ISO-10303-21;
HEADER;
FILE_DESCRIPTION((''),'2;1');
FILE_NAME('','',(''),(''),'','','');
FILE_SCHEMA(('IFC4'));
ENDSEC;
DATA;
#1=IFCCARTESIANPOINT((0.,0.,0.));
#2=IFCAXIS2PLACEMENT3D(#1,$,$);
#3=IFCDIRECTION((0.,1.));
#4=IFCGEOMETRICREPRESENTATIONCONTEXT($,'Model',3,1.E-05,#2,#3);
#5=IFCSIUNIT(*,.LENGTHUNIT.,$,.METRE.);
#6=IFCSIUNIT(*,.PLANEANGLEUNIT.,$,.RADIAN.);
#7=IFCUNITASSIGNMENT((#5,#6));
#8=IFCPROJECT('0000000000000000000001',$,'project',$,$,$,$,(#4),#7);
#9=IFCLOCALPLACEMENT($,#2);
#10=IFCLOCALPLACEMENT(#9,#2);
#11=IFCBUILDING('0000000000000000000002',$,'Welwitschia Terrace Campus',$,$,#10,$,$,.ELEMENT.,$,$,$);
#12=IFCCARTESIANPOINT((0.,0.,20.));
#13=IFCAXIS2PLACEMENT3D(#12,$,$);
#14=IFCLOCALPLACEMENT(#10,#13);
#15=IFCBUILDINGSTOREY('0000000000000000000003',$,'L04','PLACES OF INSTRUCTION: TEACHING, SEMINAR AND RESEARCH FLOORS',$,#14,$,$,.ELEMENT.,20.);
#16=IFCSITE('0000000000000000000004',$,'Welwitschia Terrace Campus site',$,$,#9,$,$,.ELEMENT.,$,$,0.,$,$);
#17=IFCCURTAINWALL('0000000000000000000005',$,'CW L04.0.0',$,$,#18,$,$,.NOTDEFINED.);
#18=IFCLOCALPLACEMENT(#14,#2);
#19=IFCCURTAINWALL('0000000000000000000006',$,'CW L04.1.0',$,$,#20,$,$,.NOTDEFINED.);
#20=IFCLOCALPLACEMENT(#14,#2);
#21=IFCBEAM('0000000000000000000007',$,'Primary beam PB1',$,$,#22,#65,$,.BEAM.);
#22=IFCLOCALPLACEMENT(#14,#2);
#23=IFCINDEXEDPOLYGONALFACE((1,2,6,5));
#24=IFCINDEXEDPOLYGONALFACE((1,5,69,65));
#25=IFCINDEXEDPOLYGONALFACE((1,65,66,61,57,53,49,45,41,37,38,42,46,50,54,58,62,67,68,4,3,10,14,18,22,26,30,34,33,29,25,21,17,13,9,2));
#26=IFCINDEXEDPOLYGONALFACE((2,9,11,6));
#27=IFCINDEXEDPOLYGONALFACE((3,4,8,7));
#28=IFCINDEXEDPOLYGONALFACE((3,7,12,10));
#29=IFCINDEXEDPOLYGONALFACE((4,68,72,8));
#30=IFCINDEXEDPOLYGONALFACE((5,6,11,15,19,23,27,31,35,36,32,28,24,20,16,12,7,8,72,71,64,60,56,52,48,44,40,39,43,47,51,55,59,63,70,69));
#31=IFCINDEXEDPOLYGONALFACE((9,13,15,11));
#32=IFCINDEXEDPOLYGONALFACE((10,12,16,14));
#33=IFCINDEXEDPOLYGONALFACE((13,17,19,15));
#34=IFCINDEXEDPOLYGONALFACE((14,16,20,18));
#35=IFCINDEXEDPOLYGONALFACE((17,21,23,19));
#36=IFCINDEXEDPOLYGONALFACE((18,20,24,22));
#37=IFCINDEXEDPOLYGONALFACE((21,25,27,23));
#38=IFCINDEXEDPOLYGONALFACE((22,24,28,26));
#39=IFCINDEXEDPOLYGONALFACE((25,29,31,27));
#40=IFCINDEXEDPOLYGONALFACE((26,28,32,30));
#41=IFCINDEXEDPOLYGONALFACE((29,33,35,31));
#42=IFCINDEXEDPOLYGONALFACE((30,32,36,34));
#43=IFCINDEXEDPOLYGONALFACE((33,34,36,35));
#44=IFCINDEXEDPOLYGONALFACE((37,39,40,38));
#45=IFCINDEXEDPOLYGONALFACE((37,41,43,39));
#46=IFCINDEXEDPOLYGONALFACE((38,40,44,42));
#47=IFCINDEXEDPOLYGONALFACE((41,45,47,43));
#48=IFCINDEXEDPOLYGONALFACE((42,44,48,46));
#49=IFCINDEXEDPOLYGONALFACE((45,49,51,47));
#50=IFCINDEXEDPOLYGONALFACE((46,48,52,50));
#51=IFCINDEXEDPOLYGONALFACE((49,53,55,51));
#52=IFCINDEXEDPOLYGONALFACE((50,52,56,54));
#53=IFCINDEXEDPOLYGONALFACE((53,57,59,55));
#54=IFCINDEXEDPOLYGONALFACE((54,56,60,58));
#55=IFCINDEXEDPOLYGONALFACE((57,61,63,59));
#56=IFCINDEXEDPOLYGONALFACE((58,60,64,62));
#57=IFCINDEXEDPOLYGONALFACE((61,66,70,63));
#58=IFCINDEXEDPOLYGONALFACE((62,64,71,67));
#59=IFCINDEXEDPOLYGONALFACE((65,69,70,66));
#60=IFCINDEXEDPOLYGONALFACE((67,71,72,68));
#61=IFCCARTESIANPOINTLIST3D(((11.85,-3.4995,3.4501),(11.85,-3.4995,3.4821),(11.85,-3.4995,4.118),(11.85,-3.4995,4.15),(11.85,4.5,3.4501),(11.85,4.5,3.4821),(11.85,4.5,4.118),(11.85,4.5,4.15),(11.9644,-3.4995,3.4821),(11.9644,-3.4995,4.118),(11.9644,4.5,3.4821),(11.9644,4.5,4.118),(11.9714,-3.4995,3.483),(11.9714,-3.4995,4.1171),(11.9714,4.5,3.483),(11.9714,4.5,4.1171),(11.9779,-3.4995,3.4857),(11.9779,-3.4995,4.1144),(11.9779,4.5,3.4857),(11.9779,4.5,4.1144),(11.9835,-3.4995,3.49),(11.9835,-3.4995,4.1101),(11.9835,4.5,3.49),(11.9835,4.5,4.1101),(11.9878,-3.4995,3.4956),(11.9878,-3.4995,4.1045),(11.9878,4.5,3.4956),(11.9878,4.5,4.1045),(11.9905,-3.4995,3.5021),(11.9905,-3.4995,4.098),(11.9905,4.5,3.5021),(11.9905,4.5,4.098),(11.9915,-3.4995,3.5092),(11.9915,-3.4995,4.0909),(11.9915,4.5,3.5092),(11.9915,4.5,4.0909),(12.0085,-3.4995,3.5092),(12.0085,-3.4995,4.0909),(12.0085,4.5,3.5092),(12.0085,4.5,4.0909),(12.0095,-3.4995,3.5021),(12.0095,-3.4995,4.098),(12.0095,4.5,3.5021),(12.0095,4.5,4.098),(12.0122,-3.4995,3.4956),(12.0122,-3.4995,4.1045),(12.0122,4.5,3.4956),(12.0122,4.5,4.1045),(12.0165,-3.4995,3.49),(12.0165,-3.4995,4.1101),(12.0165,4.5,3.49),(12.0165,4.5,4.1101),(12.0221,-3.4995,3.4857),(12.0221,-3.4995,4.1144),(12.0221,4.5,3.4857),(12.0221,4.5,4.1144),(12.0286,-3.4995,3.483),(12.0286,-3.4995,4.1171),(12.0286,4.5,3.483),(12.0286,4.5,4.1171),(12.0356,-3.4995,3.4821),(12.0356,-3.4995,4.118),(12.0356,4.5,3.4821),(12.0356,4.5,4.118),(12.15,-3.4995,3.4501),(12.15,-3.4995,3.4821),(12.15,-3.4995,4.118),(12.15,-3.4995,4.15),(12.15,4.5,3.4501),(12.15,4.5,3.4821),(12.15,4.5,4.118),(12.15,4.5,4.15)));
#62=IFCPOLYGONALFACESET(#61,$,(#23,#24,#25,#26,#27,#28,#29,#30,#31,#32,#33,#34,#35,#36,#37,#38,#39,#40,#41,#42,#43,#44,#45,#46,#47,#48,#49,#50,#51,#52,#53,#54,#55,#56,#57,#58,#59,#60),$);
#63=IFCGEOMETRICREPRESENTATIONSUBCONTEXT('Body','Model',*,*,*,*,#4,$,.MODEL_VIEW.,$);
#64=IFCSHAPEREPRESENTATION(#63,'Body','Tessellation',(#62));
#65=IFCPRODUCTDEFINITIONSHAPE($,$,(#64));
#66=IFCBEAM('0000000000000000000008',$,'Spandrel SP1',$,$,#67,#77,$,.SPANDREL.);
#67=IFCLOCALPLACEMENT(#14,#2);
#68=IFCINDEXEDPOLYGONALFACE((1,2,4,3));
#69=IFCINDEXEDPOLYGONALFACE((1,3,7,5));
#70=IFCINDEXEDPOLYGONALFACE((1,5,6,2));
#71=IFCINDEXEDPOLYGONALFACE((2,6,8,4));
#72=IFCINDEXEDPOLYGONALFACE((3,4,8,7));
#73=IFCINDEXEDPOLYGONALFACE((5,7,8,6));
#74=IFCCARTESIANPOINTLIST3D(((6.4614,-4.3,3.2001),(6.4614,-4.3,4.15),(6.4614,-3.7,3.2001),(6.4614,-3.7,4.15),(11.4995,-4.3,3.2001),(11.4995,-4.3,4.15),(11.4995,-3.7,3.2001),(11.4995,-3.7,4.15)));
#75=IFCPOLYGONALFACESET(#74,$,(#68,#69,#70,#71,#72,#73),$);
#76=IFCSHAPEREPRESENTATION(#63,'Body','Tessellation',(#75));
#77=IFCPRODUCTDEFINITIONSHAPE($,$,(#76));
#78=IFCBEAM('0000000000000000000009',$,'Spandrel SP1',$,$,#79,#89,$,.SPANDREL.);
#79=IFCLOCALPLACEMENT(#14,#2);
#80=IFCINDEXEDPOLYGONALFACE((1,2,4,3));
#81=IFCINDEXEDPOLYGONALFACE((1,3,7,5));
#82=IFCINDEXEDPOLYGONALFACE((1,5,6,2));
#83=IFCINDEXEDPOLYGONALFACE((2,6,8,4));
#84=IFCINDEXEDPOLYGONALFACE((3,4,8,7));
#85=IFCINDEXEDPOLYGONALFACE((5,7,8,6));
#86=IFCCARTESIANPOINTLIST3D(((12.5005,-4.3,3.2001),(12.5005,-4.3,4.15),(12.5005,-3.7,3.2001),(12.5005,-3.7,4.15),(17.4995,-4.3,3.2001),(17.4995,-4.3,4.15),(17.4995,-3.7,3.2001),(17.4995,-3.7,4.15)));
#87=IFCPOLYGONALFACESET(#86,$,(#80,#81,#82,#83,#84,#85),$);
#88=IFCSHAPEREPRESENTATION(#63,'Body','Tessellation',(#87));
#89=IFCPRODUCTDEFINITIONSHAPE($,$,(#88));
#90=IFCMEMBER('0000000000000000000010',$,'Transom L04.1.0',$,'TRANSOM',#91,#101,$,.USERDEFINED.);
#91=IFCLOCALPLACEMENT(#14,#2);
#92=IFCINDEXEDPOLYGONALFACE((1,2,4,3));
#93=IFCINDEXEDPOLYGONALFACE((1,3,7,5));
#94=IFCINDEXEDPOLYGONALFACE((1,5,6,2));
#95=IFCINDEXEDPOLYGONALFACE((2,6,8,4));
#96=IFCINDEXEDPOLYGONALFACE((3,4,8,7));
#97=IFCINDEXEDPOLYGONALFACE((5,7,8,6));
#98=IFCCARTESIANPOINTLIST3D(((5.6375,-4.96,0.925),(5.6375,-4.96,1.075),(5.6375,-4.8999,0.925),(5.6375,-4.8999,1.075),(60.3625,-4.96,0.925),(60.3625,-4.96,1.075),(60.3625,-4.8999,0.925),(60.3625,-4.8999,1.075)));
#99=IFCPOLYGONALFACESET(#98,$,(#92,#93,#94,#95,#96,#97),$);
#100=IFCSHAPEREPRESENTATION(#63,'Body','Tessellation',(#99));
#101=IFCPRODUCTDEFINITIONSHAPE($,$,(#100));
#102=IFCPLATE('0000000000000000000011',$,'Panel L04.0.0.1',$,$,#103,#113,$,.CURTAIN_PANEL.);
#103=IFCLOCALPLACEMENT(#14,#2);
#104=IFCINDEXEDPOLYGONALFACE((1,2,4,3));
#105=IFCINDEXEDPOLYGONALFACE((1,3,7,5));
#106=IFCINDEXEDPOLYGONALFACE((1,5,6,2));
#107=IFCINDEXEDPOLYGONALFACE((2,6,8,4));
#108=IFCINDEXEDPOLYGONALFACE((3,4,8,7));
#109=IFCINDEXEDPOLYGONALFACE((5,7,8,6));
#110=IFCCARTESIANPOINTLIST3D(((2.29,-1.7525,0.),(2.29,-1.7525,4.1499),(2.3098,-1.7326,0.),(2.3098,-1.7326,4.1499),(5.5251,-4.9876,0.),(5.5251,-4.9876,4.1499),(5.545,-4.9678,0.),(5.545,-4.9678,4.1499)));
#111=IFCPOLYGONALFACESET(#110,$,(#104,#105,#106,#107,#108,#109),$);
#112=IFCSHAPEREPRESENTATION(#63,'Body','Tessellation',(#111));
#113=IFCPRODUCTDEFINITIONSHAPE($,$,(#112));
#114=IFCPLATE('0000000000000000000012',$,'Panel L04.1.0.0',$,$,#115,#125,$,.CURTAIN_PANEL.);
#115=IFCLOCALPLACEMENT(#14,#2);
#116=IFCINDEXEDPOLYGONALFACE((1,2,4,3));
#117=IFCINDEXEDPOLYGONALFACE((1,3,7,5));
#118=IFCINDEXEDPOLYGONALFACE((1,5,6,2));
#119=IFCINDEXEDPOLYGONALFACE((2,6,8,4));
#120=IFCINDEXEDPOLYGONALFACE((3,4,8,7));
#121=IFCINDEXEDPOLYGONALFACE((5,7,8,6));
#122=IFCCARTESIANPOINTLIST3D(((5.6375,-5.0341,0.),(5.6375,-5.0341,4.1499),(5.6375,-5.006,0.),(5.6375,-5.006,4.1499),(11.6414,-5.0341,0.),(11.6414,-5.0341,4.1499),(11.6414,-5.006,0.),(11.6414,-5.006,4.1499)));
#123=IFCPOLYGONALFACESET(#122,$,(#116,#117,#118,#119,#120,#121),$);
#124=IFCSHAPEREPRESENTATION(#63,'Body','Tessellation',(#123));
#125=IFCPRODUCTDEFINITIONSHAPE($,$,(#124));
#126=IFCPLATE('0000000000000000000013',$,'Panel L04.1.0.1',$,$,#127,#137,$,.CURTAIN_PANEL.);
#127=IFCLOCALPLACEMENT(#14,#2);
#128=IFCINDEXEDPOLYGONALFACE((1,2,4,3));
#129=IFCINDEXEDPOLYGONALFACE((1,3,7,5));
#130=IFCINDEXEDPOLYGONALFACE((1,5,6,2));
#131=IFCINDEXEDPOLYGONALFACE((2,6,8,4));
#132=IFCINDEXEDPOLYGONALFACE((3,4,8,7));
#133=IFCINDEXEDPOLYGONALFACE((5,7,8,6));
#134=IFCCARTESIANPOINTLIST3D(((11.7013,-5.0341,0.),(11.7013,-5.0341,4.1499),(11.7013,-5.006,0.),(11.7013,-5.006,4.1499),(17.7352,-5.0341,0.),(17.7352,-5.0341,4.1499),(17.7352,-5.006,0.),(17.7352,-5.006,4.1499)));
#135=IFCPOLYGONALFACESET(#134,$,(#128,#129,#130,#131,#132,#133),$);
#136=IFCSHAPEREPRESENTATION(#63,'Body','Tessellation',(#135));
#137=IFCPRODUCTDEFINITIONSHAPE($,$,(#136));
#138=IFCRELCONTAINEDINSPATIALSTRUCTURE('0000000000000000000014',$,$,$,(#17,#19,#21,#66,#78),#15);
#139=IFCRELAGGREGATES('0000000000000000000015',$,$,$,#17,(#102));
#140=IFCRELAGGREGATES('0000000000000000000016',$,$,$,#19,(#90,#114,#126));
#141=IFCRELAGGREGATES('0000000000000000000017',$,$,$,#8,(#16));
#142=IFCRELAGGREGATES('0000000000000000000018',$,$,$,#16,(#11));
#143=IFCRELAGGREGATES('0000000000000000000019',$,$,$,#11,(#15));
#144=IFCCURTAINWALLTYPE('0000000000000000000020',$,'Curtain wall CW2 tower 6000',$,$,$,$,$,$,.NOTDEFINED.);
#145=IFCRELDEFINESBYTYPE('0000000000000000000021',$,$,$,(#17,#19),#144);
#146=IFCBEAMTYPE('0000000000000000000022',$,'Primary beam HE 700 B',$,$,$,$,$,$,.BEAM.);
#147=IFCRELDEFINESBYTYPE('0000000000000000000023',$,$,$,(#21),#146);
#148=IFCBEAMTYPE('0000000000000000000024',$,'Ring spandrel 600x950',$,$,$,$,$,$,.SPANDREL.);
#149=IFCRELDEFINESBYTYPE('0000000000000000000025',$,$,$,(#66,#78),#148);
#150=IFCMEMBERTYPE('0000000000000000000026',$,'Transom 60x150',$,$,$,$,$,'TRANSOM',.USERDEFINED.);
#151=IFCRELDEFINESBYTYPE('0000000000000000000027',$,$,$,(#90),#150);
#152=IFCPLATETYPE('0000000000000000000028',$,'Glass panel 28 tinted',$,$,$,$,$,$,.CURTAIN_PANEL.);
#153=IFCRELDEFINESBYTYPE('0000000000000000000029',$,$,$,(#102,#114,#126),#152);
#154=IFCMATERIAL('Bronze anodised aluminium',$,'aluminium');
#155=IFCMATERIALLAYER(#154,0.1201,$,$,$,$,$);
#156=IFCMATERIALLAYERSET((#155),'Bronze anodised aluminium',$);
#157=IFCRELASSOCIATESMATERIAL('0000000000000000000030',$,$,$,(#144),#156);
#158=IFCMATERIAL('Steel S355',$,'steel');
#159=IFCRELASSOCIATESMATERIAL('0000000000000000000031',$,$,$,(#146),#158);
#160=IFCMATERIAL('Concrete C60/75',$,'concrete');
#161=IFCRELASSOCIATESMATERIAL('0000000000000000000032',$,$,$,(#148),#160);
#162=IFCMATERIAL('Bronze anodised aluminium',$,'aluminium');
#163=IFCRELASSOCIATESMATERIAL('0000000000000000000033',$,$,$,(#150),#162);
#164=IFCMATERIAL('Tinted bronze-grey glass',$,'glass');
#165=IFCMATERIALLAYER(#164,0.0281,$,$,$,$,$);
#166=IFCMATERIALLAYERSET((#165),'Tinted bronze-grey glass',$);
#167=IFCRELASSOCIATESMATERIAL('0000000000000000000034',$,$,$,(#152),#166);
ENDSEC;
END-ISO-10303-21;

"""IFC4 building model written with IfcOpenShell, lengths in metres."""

from ifc_helpers import new_model, si_unit, direction, frame, origin, origin_2d, place, context, subcontext, project, spatial, rectangle, i_section, extrude, material, layer, layer_set, material_profile, profile_set, type_object, element, aggregate, save


model = new_model("IFC4")

# Units and contexts
model_context = context("Model", 3, precision=1e-05, world=origin(), true_north=direction((0.0, 1.0)))
body_context = subcontext(model_context, "Body", "Model", "MODEL_VIEW")
ifc_project = project(units=[si_unit("LENGTHUNIT", "METRE"), si_unit("PLANEANGLEUNIT", "RADIAN")], contexts=[model_context])

# Site, building, storey
site_placement = place(None, origin())
site = spatial("IfcSite", under=ifc_project, at=site_placement, Name="Welwitschia Terrace Campus site", CompositionType="ELEMENT", RefElevation=0.0)
building_placement = place(site_placement, origin())
building = spatial("IfcBuilding", under=site, at=building_placement, Name="Welwitschia Terrace Campus", CompositionType="ELEMENT")
storey_placement = place(building_placement, frame((0.0, 0.0, 20.0)))
storey = spatial("IfcBuildingStorey", under=building, at=storey_placement, Name="L04", Description="PLACES OF INSTRUCTION: TEACHING, SEMINAR AND RESEARCH FLOORS", CompositionType="ELEMENT", Elevation=20.0)

# Curtain wall
ifc_material_1 = material(Name="Bronze anodised aluminium", Category="aluminium")
ifc_layer_1 = layer(ifc_material_1, 0.1201)
ifc_layer_set_1 = layer_set([ifc_layer_1], Name="Bronze anodised aluminium")
curtain_wall_type = type_object("IfcCurtainWallType", Name="Curtain wall CW2 tower 6000", PredefinedType="NOTDEFINED", material=ifc_layer_set_1)
curtain_wall_1_placement = place(storey_placement, origin())
curtain_wall_1 = element("IfcCurtainWall", 1, at=curtain_wall_1_placement, inside=storey, type_object=curtain_wall_type, Name="CW L04.0.0", PredefinedType="NOTDEFINED")

# Curtain wall
curtain_wall_2_placement = place(storey_placement, origin())
curtain_wall_2 = element("IfcCurtainWall", 2, at=curtain_wall_2_placement, inside=storey, type_object=curtain_wall_type, Name="CW L04.1.0", PredefinedType="NOTDEFINED")

# Beams
ifc_material_2 = material(Name="Steel S355", Category="steel")
ifc_material_profile_1 = material_profile(ifc_material_2, i_section(OverallWidth=0.3, OverallDepth=0.7, WebThickness=0.0171, FlangeThickness=0.032, FilletRadius=0.0271, at=origin_2d()))
ifc_profile_set_1 = profile_set([ifc_material_profile_1], Name="Steel S355")
beam_type_1 = type_object("IfcBeamType", Name="Primary beam HE 700 B", PredefinedType="BEAM", material=ifc_profile_set_1)
beam_1_placement = place(storey_placement, frame((12.0, -3.4995, 3.8), z_axis=(0.0, 1.0, 0.0), x_axis=(-1.0, 0.0, 0.0)))
element("IfcBeam", 3, at=beam_1_placement, inside=storey, type_object=beam_type_1, Name="Primary beam PB1", PredefinedType="BEAM", context=body_context, shape_type="SweptSolid", body=[
    extrude(i_section(OverallWidth=0.3, OverallDepth=0.7, WebThickness=0.0171, FlangeThickness=0.032, FilletRadius=0.0271, at=origin_2d()), origin(), (0.0, 0.0, 1.0), 7.9995),
])
ifc_material_3 = material(Name="Concrete C60/75", Category="concrete")
ifc_material_profile_2 = material_profile(ifc_material_3, rectangle(XDim=0.6001, YDim=0.95, at=origin_2d()))
ifc_profile_set_2 = profile_set([ifc_material_profile_2], Name="Concrete C60/75")
beam_type_2 = type_object("IfcBeamType", Name="Ring spandrel 600x950", PredefinedType="SPANDREL", material=ifc_profile_set_2)
beam_2_placement = place(storey_placement, frame((6.4614, -4.0, 3.675), z_axis=(1.0, 0.0, 0.0), x_axis=(0.0, 1.0, 0.0)))
element("IfcBeam", 4, at=beam_2_placement, inside=storey, type_object=beam_type_2, Name="Spandrel SP1", PredefinedType="SPANDREL", context=body_context, shape_type="SweptSolid", body=[
    extrude(rectangle(XDim=0.6001, YDim=0.95, at=origin_2d()), origin(), (0.0, 0.0, 1.0), 5.0381),
])
beam_3_placement = place(storey_placement, frame((12.5005, -4.0, 3.675), z_axis=(1.0, 0.0, 0.0), x_axis=(0.0, 1.0, 0.0)))
element("IfcBeam", 5, at=beam_3_placement, inside=storey, type_object=beam_type_2, Name="Spandrel SP1", PredefinedType="SPANDREL", context=body_context, shape_type="SweptSolid", body=[
    extrude(rectangle(XDim=0.6001, YDim=0.95, at=origin_2d()), origin(), (0.0, 0.0, 1.0), 4.999),
])

# Member
ifc_material_4 = material(Name="Bronze anodised aluminium", Category="aluminium")
ifc_material_profile_3 = material_profile(ifc_material_4, rectangle(XDim=0.0601, YDim=0.1499, at=origin_2d()))
ifc_profile_set_3 = profile_set([ifc_material_profile_3], Name="Bronze anodised aluminium")
member_type_1 = type_object("IfcMemberType", Name="Transom 60x150", ElementType="TRANSOM", PredefinedType="USERDEFINED", material=ifc_profile_set_3)
member_1_placement = place(storey_placement, frame((5.6375, -4.9299, 1.0), z_axis=(1.0, 0.0, 0.0), x_axis=(0.0, 1.0, 0.0)))
member_1 = element("IfcMember", 6, at=member_1_placement, type_object=member_type_1, Name="Transom L04.1.0", ObjectType="TRANSOM", PredefinedType="USERDEFINED", context=body_context, shape_type="SweptSolid", body=[
    extrude(rectangle(XDim=0.0601, YDim=0.1499, at=origin_2d()), origin(), (0.0, 0.0, 1.0), 54.7251),
])

# Plates
ifc_material_5 = material(Name="Tinted bronze-grey glass", Category="glass")
ifc_layer_2 = layer(ifc_material_5, 0.0281)
ifc_layer_set_2 = layer_set([ifc_layer_2], Name="Tinted bronze-grey glass")
plate_type = type_object("IfcPlateType", Name="Glass panel 28 tinted", PredefinedType="CURTAIN_PANEL", material=ifc_layer_set_2)
plate_1_placement = place(storey_placement, frame((3.9175, -3.3601, 0.0), z_axis=(0.0, 0.0, 1.0), x_axis=(0.707107, -0.707107, 0.0)))
plate_1 = element("IfcPlate", 7, at=plate_1_placement, type_object=plate_type, Name="Panel L04.0.0.1", PredefinedType="CURTAIN_PANEL", context=body_context, shape_type="SweptSolid", body=[
    extrude(rectangle(XDim=4.5752, YDim=0.0281, at=origin_2d()), origin(), (0.0, 0.0, 1.0), 4.1499),
])
aggregate(curtain_wall_1, [plate_1])
plate_2_placement = place(storey_placement, frame((8.6394, -5.02, 0.0), z_axis=(0.0, 0.0, 1.0), x_axis=(1.0, 0.0, 0.0)))
plate_2 = element("IfcPlate", 8, at=plate_2_placement, type_object=plate_type, Name="Panel L04.1.0.0", PredefinedType="CURTAIN_PANEL", context=body_context, shape_type="SweptSolid", body=[
    extrude(rectangle(XDim=6.0039, YDim=0.0281, at=origin_2d()), origin(), (0.0, 0.0, 1.0), 4.1499),
])
plate_3_placement = place(storey_placement, frame((14.7183, -5.02, 0.0), z_axis=(0.0, 0.0, 1.0), x_axis=(1.0, 0.0, 0.0)))
plate_3 = element("IfcPlate", 9, at=plate_3_placement, type_object=plate_type, Name="Panel L04.1.0.1", PredefinedType="CURTAIN_PANEL", context=body_context, shape_type="SweptSolid", body=[
    extrude(rectangle(XDim=6.0339, YDim=0.0281, at=origin_2d()), origin(), (0.0, 0.0, 1.0), 4.1499),
])
aggregate(curtain_wall_2, [member_1, plate_2, plate_3])

save(model, "model.ifc")
